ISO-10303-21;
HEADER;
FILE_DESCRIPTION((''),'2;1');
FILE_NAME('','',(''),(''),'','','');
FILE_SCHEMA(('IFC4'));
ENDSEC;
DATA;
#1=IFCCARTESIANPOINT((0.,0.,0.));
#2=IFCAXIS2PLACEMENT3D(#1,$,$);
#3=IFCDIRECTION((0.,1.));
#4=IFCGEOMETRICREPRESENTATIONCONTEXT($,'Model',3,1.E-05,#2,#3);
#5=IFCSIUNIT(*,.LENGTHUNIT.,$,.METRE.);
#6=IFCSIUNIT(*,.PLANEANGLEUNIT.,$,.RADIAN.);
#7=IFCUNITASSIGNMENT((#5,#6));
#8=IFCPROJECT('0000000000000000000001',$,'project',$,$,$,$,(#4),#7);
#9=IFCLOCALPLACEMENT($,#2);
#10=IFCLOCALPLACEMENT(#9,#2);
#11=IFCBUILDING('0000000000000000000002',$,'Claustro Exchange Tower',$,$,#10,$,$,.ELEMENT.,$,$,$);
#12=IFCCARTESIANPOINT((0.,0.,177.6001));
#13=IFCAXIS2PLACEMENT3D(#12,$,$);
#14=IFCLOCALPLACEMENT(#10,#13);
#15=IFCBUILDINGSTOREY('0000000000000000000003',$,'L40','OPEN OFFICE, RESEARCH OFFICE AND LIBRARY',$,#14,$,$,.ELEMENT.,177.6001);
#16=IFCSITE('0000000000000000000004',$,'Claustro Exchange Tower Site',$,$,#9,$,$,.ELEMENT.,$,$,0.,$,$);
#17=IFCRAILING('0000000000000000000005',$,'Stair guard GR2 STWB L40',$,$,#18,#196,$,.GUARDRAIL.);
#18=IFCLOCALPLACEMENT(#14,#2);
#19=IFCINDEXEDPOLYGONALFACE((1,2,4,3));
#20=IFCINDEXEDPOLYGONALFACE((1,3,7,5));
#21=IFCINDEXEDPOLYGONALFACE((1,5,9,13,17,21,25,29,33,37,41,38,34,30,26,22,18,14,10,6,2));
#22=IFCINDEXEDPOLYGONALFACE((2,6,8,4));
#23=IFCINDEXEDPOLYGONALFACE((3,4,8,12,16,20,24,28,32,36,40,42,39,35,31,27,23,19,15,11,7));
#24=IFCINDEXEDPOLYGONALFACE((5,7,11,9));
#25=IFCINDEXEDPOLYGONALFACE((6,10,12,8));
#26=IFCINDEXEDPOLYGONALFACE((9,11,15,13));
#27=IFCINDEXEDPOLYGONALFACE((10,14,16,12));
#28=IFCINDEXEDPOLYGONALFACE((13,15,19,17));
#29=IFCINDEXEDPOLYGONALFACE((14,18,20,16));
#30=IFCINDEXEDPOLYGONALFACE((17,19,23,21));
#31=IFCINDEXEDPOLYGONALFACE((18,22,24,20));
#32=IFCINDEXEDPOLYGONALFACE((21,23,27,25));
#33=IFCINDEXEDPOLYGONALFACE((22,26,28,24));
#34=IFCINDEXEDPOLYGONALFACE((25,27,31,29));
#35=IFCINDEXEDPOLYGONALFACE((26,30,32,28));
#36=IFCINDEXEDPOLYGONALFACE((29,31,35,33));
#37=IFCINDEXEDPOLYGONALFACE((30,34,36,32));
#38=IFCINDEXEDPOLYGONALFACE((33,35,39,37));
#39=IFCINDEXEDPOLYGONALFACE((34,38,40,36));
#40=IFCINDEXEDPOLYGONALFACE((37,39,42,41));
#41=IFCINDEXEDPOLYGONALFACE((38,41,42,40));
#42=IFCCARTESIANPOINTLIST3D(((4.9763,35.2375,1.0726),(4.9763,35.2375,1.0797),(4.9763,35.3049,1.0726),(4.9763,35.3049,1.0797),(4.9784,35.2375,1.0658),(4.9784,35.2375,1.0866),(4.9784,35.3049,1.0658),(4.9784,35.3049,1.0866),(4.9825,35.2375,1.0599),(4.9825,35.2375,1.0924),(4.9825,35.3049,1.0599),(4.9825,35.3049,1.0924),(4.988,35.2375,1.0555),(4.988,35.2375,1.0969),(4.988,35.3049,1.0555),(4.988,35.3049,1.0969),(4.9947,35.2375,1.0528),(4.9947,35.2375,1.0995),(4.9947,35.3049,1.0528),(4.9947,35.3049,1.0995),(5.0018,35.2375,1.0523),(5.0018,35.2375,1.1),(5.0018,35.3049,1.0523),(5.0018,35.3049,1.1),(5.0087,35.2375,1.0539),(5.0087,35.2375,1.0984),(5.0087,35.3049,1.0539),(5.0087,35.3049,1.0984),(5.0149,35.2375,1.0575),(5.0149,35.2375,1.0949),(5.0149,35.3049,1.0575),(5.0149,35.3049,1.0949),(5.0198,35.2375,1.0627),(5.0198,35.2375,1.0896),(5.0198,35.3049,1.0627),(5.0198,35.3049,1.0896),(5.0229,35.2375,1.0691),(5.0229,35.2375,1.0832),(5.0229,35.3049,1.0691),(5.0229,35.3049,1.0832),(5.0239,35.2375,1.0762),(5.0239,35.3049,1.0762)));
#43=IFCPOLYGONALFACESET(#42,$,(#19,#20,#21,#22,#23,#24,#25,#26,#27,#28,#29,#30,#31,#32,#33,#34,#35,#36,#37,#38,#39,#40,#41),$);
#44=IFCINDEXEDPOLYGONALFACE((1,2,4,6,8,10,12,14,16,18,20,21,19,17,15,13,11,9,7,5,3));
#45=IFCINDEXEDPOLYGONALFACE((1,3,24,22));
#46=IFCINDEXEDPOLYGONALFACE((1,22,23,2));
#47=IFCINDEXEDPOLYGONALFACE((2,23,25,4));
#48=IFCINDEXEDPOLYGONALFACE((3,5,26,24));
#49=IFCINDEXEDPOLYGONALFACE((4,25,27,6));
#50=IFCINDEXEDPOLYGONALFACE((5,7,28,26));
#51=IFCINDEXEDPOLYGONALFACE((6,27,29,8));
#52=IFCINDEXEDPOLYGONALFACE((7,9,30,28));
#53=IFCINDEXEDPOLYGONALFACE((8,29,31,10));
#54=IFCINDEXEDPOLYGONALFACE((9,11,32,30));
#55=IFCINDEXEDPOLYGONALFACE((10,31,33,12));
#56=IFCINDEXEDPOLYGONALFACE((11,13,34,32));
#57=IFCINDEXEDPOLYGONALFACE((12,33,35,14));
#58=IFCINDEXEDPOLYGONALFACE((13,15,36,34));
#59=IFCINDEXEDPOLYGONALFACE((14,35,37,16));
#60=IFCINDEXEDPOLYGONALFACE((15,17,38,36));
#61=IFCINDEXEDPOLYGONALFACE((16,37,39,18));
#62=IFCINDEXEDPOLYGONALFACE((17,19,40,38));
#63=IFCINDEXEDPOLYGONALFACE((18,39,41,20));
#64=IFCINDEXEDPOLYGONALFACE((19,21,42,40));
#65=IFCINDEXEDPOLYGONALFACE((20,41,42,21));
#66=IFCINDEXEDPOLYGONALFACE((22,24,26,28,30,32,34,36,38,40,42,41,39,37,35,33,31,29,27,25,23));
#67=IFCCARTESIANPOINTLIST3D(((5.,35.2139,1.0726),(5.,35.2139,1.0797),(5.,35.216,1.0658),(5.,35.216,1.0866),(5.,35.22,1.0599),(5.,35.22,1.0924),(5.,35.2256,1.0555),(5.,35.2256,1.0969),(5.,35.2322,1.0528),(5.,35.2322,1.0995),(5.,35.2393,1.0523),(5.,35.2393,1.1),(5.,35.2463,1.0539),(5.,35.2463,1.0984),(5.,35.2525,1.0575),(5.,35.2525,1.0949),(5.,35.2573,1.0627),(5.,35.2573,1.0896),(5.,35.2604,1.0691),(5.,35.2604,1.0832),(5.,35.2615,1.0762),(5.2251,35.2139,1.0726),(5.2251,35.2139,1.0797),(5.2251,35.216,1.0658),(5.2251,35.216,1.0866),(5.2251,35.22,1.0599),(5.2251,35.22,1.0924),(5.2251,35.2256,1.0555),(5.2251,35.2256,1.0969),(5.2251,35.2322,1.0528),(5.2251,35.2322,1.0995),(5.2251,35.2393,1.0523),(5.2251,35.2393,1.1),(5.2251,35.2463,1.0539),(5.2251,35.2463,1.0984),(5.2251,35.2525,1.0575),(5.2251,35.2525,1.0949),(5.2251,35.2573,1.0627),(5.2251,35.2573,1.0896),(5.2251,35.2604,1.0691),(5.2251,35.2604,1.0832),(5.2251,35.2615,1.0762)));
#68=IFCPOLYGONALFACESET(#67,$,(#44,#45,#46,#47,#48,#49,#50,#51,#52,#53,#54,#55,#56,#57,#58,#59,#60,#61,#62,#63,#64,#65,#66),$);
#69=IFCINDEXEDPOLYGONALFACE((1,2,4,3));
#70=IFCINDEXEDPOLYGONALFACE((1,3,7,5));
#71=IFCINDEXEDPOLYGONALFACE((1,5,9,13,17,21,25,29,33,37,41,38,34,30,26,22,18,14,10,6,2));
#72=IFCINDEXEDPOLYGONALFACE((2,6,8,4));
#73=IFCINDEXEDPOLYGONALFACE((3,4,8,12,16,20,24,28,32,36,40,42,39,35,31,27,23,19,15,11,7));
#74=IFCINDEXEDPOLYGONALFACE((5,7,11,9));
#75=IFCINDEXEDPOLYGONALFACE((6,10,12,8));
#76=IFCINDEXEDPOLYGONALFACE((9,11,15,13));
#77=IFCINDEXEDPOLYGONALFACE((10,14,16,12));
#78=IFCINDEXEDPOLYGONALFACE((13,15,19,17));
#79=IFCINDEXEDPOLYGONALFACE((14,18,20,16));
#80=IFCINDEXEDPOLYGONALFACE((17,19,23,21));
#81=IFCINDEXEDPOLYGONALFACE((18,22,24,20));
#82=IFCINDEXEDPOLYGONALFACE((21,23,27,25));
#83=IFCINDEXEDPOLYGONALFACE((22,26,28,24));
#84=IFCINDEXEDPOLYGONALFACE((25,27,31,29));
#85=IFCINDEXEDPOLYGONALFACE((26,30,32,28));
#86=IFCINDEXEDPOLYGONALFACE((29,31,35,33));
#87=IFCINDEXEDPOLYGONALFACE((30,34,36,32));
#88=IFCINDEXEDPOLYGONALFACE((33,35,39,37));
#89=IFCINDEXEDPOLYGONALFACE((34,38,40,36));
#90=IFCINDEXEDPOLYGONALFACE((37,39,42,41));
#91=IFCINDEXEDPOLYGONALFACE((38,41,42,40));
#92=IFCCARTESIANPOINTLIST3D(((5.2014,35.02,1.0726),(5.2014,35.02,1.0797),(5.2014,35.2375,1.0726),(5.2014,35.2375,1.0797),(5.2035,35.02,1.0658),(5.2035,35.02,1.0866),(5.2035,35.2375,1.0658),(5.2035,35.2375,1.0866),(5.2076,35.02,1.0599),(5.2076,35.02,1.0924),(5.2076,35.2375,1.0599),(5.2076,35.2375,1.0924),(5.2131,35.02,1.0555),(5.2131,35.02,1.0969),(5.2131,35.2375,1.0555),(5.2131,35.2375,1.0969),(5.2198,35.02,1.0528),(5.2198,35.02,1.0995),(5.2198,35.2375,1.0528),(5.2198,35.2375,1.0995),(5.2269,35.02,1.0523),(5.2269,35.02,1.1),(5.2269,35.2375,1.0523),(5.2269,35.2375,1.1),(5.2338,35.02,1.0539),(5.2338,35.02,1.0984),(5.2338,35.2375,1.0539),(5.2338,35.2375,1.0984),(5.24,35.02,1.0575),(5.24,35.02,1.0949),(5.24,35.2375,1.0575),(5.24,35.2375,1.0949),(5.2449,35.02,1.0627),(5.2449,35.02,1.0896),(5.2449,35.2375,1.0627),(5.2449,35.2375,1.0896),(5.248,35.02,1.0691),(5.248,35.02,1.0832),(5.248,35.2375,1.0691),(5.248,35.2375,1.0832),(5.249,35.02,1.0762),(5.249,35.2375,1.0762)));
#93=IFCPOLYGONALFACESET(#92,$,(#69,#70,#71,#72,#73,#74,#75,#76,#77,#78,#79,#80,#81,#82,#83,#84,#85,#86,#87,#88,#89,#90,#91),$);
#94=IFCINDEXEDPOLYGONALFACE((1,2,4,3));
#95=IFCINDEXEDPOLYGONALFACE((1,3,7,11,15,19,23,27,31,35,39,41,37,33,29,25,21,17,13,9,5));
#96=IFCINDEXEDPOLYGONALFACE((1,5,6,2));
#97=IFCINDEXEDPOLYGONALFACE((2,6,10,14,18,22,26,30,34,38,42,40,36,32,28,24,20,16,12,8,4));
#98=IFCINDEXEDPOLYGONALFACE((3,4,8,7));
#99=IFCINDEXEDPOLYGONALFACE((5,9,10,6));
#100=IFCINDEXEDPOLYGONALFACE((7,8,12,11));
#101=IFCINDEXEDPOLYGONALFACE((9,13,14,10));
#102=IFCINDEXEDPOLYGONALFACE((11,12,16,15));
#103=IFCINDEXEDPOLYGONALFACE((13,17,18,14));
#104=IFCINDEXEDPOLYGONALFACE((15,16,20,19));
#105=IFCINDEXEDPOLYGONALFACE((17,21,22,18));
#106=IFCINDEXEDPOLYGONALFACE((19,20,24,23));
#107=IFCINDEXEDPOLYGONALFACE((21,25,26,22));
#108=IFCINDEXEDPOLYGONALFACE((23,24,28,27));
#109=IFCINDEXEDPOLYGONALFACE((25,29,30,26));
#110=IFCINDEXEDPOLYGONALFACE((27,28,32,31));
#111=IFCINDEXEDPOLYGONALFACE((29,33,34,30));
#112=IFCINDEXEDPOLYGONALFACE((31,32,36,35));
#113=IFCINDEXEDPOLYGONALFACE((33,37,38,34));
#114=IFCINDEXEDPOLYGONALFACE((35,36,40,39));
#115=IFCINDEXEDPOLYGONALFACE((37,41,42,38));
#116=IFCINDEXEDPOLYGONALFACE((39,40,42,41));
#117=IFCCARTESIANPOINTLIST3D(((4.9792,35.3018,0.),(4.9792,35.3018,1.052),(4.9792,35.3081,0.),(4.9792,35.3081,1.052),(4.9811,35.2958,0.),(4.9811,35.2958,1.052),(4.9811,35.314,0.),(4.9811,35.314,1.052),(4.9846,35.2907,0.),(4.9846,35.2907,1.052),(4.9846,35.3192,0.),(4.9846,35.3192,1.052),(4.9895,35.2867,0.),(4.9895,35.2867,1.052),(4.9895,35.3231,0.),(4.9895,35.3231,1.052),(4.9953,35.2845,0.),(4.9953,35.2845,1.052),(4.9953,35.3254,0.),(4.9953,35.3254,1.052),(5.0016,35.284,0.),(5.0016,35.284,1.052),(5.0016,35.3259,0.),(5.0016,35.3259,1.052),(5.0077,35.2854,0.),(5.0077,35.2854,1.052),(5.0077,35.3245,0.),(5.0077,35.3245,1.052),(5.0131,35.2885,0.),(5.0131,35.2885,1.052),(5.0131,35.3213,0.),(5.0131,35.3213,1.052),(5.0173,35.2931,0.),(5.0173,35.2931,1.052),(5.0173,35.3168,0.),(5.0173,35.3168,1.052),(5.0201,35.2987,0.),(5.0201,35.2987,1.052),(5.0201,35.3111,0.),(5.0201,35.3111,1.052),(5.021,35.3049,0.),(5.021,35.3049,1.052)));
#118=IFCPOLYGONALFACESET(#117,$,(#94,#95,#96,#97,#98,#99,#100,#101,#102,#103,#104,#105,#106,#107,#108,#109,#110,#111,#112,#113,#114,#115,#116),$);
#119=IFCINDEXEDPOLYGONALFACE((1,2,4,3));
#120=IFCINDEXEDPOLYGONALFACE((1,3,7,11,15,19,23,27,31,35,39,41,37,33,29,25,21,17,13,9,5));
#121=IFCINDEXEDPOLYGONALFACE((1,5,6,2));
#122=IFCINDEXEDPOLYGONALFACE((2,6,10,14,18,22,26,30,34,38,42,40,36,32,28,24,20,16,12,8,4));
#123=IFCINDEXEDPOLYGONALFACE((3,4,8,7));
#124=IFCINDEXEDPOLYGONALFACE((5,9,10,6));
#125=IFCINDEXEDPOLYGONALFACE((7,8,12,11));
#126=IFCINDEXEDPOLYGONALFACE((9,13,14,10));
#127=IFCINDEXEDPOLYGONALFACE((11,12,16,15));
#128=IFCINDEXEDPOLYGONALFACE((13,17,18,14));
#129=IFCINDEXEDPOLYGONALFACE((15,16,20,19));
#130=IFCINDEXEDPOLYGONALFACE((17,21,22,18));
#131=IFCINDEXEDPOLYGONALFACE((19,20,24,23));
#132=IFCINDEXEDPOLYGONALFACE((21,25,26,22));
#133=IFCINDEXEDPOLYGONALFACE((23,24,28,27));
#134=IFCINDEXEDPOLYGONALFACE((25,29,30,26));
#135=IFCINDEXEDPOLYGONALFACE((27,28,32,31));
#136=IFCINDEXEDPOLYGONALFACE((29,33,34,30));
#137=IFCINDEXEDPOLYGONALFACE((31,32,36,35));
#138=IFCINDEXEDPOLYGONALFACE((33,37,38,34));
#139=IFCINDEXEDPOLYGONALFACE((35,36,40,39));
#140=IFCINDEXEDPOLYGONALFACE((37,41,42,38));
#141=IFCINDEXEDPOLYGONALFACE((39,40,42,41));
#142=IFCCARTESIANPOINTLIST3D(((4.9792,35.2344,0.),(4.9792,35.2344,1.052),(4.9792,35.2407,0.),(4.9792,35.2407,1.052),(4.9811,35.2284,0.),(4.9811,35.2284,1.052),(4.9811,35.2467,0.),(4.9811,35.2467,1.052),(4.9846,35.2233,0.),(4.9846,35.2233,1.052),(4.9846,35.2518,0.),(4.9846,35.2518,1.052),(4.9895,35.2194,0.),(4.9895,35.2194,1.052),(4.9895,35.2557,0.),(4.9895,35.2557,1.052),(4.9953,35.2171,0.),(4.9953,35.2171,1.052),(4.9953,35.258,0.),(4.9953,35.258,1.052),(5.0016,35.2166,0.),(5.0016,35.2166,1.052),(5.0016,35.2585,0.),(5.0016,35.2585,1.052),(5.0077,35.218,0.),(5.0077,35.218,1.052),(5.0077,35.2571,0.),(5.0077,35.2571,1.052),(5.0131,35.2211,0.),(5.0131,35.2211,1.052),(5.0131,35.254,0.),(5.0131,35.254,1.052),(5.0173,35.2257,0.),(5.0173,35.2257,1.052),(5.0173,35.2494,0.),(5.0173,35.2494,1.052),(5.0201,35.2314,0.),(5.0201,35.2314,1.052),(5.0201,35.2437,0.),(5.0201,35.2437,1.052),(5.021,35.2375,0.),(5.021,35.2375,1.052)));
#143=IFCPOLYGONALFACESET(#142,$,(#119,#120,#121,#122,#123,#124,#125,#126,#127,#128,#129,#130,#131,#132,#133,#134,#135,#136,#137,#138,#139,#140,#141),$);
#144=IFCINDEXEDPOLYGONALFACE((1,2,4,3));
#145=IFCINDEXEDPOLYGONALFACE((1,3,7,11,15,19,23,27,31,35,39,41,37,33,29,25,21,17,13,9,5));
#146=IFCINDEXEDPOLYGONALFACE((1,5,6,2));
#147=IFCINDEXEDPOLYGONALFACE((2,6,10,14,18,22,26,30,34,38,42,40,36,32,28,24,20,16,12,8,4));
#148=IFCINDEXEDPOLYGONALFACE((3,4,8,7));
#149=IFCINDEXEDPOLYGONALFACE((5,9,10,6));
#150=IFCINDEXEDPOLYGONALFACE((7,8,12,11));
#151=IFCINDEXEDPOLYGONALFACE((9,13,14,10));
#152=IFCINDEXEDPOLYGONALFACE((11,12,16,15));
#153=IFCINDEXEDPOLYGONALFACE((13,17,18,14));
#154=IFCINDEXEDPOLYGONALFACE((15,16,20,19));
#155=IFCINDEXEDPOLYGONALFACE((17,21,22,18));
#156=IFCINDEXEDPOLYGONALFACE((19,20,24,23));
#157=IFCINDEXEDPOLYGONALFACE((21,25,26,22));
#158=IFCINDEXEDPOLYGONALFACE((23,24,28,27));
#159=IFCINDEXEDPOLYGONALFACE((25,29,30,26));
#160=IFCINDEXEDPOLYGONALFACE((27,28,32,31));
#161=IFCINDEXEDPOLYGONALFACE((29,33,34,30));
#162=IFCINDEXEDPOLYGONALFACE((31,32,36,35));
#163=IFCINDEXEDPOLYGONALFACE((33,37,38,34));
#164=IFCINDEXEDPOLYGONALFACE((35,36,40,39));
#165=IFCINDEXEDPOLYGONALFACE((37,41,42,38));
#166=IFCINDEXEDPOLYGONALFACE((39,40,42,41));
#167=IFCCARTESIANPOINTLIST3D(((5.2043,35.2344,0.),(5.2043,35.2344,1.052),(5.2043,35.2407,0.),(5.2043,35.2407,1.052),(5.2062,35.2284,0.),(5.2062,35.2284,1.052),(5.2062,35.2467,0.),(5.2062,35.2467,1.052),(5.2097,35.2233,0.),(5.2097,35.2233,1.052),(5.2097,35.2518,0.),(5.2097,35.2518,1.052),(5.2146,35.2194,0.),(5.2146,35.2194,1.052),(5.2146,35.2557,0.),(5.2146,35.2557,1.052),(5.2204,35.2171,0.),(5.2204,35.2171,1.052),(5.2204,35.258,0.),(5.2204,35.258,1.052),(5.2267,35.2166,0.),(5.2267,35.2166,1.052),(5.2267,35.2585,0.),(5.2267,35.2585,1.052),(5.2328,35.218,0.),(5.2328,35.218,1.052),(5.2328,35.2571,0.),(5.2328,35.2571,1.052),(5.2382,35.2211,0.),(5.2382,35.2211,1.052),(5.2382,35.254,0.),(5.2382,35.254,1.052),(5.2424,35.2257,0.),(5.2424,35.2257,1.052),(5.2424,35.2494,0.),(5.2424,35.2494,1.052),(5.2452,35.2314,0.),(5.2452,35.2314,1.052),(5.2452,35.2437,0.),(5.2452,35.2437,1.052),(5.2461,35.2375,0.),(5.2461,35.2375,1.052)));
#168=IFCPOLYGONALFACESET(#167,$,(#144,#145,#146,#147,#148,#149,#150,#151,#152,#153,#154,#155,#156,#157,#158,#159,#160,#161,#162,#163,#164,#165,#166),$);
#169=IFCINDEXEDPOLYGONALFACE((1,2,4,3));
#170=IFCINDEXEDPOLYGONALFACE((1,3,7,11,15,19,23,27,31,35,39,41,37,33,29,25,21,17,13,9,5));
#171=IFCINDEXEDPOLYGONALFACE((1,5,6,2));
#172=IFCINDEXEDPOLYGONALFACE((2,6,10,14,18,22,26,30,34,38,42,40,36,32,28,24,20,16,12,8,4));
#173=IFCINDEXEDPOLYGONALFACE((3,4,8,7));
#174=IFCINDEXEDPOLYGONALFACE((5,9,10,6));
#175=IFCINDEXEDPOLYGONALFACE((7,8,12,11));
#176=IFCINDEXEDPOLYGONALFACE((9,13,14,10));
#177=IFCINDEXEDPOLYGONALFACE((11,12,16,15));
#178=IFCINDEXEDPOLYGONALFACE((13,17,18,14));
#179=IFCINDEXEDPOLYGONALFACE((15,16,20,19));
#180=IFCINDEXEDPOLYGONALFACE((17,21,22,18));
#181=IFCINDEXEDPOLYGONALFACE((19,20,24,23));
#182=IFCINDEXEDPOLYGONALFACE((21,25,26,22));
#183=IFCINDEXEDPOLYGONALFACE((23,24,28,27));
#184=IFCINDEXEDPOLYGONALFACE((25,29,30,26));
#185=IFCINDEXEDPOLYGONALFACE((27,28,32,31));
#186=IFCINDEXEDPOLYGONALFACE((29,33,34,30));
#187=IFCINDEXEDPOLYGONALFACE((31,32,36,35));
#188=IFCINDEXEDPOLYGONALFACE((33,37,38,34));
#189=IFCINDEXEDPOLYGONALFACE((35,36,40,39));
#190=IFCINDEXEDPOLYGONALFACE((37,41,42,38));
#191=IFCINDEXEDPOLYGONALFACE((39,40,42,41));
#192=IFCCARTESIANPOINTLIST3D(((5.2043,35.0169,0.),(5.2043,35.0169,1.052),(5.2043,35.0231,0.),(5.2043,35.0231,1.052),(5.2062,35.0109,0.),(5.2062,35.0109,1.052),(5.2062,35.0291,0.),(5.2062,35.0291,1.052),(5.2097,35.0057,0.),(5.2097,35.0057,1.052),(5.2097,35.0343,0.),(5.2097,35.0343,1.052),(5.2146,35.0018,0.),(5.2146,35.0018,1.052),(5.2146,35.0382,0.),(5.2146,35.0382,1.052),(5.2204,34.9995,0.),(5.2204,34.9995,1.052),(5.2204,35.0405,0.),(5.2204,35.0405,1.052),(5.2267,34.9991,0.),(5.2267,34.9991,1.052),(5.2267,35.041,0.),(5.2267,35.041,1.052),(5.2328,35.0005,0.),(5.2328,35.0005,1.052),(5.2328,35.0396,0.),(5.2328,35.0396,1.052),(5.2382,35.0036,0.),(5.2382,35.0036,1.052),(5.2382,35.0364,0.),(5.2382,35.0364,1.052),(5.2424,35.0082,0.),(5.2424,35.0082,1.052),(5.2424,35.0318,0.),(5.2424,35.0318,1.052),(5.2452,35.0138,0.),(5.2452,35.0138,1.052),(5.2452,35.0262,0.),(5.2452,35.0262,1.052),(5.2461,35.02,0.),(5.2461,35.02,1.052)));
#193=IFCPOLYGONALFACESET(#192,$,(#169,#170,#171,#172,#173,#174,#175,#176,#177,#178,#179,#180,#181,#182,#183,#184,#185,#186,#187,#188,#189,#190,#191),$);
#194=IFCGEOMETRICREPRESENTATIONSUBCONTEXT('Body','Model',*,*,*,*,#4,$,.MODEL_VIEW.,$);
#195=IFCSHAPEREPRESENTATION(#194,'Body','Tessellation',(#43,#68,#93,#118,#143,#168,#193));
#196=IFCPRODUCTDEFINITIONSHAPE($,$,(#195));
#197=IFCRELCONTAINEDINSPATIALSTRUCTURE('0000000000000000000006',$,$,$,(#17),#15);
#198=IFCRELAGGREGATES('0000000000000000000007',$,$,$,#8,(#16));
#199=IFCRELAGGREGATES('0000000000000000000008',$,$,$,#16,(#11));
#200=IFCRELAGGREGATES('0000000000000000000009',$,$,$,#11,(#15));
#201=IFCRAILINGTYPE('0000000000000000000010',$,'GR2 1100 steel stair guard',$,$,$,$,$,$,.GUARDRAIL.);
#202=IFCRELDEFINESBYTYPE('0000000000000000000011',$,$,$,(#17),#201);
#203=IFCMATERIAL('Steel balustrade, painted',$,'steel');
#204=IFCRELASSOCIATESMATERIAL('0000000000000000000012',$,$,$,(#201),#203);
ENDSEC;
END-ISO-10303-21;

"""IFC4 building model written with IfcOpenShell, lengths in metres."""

from ifc_helpers import new_model, si_unit, direction, frame, origin, origin_2d, place, context, subcontext, project, spatial, circle, extrude, material, type_object, element, save


model = new_model("IFC4")

# Units and contexts
model_context = context("Model", 3, precision=1e-05, world=origin(), true_north=direction((0.0, 1.0)))
body_context = subcontext(model_context, "Body", "Model", "MODEL_VIEW")
ifc_project = project(units=[si_unit("LENGTHUNIT", "METRE"), si_unit("PLANEANGLEUNIT", "RADIAN")], contexts=[model_context])

# Site, building, storey
site_placement = place(None, origin())
site = spatial("IfcSite", under=ifc_project, at=site_placement, Name="Claustro Exchange Tower Site", CompositionType="ELEMENT", RefElevation=0.0)
building_placement = place(site_placement, origin())
building = spatial("IfcBuilding", under=site, at=building_placement, Name="Claustro Exchange Tower", CompositionType="ELEMENT")
storey_placement = place(building_placement, frame((0.0, 0.0, 177.6001)))
storey = spatial("IfcBuildingStorey", under=building, at=storey_placement, Name="L40", Description="OPEN OFFICE, RESEARCH OFFICE AND LIBRARY", CompositionType="ELEMENT", Elevation=177.6001)

# Railing
ifc_material_1 = material(Name="Steel balustrade, painted", Category="steel")
railing_type_1 = type_object("IfcRailingType", Name="GR2 1100 steel stair guard", PredefinedType="GUARDRAIL", material=ifc_material_1)
railing_1_placement = place(storey_placement, frame((5.0, 35.3049, 0.0)))
element("IfcRailing", 1, at=railing_1_placement, inside=storey, type_object=railing_type_1, Name="Stair guard GR2 STWB L40", PredefinedType="GUARDRAIL", context=body_context, shape_type="SweptSolid", body=[
    extrude(circle(Radius=0.0239, at=origin_2d()), frame((0.0, 0.0, 1.0762), z_axis=(0.0, -1.0, 0.0), x_axis=(1.0, 0.0, 0.0)), (0.0, 0.0, 1.0), 0.0674),
    extrude(circle(Radius=0.0239, at=origin_2d()), frame((0.0, -0.0674, 1.0762), z_axis=(1.0, 0.0, 0.0), x_axis=(0.0, 1.0, 0.0)), (0.0, 0.0, 1.0), 0.2251),
    extrude(circle(Radius=0.0239, at=origin_2d()), frame((0.2251, -0.0674, 1.0762), z_axis=(0.0, -1.0, 0.0), x_axis=(1.0, 0.0, 0.0)), (0.0, 0.0, 1.0), 0.2175),
    extrude(circle(Radius=0.021, at=origin_2d()), origin(), (0.0, 0.0, 1.0), 1.052),
    extrude(circle(Radius=0.021, at=origin_2d()), frame((0.0, -0.0674, 0.0)), (0.0, 0.0, 1.0), 1.052),
    extrude(circle(Radius=0.021, at=origin_2d()), frame((0.2251, -0.0674, 0.0)), (0.0, 0.0, 1.0), 1.052),
    extrude(circle(Radius=0.021, at=origin_2d()), frame((0.2251, -0.2849, 0.0)), (0.0, 0.0, 1.0), 1.052),
])

save(model, "model.ifc")
